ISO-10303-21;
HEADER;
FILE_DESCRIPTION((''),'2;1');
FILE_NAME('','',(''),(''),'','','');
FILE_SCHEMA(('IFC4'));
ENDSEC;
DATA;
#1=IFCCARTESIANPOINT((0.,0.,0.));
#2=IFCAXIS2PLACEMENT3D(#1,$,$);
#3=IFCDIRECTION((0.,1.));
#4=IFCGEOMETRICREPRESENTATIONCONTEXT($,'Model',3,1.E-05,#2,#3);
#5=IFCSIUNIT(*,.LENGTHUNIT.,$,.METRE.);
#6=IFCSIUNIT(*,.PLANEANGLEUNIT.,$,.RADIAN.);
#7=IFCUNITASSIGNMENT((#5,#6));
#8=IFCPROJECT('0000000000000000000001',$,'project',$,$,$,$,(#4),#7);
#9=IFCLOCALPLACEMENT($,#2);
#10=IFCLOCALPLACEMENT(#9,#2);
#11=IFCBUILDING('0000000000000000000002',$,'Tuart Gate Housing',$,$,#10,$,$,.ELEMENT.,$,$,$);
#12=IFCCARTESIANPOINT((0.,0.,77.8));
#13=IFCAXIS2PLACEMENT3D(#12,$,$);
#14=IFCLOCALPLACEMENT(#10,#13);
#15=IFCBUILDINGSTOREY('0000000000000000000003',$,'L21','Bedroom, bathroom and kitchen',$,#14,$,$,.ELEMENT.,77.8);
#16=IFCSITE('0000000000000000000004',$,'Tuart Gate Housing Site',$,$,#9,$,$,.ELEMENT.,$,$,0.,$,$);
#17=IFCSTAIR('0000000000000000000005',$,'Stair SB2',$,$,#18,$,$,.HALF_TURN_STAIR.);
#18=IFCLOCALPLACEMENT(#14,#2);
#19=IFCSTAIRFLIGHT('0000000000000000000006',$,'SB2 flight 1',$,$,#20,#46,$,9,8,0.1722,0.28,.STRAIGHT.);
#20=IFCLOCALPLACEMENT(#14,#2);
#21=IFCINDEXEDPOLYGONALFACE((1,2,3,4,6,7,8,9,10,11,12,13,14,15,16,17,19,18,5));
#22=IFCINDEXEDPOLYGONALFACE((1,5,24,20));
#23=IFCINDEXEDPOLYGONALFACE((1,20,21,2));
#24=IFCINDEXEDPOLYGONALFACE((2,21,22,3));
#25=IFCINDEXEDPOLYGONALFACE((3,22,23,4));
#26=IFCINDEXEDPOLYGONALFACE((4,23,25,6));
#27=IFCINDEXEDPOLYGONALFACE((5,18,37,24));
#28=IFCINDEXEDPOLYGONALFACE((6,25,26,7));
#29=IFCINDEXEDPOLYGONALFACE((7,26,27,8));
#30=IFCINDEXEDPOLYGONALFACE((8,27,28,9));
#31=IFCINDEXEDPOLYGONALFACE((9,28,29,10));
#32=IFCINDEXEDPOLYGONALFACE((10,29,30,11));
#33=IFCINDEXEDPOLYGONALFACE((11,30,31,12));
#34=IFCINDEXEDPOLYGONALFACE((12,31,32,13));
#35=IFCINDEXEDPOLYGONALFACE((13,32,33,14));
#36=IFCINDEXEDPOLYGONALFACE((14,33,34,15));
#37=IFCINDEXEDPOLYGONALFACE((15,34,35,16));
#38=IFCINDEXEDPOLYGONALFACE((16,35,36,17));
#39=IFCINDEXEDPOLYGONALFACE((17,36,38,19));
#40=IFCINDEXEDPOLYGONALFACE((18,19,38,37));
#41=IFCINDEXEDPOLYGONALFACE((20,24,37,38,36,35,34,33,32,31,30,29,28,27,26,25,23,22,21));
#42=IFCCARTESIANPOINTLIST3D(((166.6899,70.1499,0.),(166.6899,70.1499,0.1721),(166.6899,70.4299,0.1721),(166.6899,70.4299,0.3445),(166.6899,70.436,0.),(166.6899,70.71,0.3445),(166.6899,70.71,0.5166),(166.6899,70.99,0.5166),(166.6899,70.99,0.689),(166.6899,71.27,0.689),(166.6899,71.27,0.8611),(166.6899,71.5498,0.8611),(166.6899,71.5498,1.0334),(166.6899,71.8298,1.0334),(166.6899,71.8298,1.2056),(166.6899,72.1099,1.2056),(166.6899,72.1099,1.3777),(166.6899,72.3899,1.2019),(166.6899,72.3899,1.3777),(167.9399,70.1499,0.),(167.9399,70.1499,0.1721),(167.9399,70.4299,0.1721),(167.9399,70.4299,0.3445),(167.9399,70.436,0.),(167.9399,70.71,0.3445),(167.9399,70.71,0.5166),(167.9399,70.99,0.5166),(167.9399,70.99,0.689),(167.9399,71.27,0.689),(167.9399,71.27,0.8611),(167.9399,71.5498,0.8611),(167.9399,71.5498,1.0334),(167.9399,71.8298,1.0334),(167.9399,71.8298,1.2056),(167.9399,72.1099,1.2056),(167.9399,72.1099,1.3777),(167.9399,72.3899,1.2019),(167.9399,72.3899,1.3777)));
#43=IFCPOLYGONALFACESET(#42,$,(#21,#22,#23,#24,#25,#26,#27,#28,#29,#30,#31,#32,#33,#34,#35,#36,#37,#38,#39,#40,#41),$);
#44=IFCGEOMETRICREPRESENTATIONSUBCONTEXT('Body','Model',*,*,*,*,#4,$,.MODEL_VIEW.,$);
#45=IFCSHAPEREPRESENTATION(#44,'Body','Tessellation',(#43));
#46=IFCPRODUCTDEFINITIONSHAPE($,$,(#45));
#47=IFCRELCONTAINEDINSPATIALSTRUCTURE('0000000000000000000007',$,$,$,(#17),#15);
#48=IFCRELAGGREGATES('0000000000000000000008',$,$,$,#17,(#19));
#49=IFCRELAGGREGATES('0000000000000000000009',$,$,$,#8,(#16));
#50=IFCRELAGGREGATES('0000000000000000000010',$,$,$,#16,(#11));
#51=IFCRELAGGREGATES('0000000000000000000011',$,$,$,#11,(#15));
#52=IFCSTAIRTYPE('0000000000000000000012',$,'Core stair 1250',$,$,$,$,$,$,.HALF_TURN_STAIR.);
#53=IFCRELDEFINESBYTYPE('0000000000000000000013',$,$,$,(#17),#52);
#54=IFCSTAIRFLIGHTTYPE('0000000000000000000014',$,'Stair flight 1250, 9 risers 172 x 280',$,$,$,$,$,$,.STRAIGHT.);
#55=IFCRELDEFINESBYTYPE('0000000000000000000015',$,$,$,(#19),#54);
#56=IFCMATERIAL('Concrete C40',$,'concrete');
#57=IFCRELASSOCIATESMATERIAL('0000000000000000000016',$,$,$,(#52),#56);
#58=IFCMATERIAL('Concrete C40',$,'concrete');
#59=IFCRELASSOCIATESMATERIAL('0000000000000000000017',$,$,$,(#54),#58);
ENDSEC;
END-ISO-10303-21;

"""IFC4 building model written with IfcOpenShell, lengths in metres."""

from ifc_helpers import new_model, si_unit, direction, frame, origin, place, context, subcontext, project, spatial, polyline, outline, extrude, material, type_object, element, aggregate, save


model = new_model("IFC4")

# Units and contexts
model_context = context("Model", 3, precision=1e-05, world=origin(), true_north=direction((0.0, 1.0)))
body_context = subcontext(model_context, "Body", "Model", "MODEL_VIEW")
ifc_project = project(units=[si_unit("LENGTHUNIT", "METRE"), si_unit("PLANEANGLEUNIT", "RADIAN")], contexts=[model_context])

# Site, building, storey
site_placement = place(None, origin())
site = spatial("IfcSite", under=ifc_project, at=site_placement, Name="Tuart Gate Housing Site", CompositionType="ELEMENT", RefElevation=0.0)
building_placement = place(site_placement, origin())
building = spatial("IfcBuilding", under=site, at=building_placement, Name="Tuart Gate Housing", CompositionType="ELEMENT")
storey_placement = place(building_placement, frame((0.0, 0.0, 77.8)))
storey = spatial("IfcBuildingStorey", under=building, at=storey_placement, Name="L21", Description="Bedroom, bathroom and kitchen", CompositionType="ELEMENT", Elevation=77.8)

# Stair, stair flight
ifc_material_1 = material(Name="Concrete C40", Category="concrete")
stair_type = type_object("IfcStairType", Name="Core stair 1250", PredefinedType="HALF_TURN_STAIR", material=ifc_material_1)
stair_placement = place(storey_placement, origin())
stair = element("IfcStair", 1, at=stair_placement, inside=storey, type_object=stair_type, Name="Stair SB2", PredefinedType="HALF_TURN_STAIR")
ifc_material_2 = material(Name="Concrete C40", Category="concrete")
stair_flight_type = type_object("IfcStairFlightType", Name="Stair flight 1250, 9 risers 172 x 280", PredefinedType="STRAIGHT", material=ifc_material_2)
stair_flight_placement = place(storey_placement, frame((167.3149, 70.1499, 0.0), z_axis=(0.0, 0.0, 1.0), x_axis=(0.0, 1.0, 0.0)))
stair_flight = element("IfcStairFlight", 2, at=stair_flight_placement, type_object=stair_flight_type, Name="SB2 flight 1", NumberOfRisers=9, NumberOfTreads=8, PredefinedType="STRAIGHT", RiserHeight=0.1722, TreadLength=0.28, context=body_context, shape_type="SweptSolid", body=[
    extrude(outline(polyline([(0.0, 0.0), (0.0, 0.1721), (0.28, 0.1721), (0.28, 0.3445), (0.5601, 0.3445), (0.5601, 0.5166), (0.8401, 0.5166), (0.8401, 0.689), (1.1201, 0.689), (1.1201, 0.8611), (1.3999, 0.8611), (1.3999, 1.0334), (1.6799, 1.0334), (1.6799, 1.2056), (1.96, 1.2056), (1.96, 1.3777), (2.24, 1.3777), (2.24, 1.55), (2.24, 1.2019), (0.2861, 0.0), (0.0, 0.0)])), frame((0.0, 0.625, 0.0), z_axis=(0.0, -1.0, 0.0), x_axis=(1.0, 0.0, 0.0)), (0.0, 0.0, 1.0), 1.25),
])
aggregate(stair, [stair_flight])

save(model, "model.ifc")
